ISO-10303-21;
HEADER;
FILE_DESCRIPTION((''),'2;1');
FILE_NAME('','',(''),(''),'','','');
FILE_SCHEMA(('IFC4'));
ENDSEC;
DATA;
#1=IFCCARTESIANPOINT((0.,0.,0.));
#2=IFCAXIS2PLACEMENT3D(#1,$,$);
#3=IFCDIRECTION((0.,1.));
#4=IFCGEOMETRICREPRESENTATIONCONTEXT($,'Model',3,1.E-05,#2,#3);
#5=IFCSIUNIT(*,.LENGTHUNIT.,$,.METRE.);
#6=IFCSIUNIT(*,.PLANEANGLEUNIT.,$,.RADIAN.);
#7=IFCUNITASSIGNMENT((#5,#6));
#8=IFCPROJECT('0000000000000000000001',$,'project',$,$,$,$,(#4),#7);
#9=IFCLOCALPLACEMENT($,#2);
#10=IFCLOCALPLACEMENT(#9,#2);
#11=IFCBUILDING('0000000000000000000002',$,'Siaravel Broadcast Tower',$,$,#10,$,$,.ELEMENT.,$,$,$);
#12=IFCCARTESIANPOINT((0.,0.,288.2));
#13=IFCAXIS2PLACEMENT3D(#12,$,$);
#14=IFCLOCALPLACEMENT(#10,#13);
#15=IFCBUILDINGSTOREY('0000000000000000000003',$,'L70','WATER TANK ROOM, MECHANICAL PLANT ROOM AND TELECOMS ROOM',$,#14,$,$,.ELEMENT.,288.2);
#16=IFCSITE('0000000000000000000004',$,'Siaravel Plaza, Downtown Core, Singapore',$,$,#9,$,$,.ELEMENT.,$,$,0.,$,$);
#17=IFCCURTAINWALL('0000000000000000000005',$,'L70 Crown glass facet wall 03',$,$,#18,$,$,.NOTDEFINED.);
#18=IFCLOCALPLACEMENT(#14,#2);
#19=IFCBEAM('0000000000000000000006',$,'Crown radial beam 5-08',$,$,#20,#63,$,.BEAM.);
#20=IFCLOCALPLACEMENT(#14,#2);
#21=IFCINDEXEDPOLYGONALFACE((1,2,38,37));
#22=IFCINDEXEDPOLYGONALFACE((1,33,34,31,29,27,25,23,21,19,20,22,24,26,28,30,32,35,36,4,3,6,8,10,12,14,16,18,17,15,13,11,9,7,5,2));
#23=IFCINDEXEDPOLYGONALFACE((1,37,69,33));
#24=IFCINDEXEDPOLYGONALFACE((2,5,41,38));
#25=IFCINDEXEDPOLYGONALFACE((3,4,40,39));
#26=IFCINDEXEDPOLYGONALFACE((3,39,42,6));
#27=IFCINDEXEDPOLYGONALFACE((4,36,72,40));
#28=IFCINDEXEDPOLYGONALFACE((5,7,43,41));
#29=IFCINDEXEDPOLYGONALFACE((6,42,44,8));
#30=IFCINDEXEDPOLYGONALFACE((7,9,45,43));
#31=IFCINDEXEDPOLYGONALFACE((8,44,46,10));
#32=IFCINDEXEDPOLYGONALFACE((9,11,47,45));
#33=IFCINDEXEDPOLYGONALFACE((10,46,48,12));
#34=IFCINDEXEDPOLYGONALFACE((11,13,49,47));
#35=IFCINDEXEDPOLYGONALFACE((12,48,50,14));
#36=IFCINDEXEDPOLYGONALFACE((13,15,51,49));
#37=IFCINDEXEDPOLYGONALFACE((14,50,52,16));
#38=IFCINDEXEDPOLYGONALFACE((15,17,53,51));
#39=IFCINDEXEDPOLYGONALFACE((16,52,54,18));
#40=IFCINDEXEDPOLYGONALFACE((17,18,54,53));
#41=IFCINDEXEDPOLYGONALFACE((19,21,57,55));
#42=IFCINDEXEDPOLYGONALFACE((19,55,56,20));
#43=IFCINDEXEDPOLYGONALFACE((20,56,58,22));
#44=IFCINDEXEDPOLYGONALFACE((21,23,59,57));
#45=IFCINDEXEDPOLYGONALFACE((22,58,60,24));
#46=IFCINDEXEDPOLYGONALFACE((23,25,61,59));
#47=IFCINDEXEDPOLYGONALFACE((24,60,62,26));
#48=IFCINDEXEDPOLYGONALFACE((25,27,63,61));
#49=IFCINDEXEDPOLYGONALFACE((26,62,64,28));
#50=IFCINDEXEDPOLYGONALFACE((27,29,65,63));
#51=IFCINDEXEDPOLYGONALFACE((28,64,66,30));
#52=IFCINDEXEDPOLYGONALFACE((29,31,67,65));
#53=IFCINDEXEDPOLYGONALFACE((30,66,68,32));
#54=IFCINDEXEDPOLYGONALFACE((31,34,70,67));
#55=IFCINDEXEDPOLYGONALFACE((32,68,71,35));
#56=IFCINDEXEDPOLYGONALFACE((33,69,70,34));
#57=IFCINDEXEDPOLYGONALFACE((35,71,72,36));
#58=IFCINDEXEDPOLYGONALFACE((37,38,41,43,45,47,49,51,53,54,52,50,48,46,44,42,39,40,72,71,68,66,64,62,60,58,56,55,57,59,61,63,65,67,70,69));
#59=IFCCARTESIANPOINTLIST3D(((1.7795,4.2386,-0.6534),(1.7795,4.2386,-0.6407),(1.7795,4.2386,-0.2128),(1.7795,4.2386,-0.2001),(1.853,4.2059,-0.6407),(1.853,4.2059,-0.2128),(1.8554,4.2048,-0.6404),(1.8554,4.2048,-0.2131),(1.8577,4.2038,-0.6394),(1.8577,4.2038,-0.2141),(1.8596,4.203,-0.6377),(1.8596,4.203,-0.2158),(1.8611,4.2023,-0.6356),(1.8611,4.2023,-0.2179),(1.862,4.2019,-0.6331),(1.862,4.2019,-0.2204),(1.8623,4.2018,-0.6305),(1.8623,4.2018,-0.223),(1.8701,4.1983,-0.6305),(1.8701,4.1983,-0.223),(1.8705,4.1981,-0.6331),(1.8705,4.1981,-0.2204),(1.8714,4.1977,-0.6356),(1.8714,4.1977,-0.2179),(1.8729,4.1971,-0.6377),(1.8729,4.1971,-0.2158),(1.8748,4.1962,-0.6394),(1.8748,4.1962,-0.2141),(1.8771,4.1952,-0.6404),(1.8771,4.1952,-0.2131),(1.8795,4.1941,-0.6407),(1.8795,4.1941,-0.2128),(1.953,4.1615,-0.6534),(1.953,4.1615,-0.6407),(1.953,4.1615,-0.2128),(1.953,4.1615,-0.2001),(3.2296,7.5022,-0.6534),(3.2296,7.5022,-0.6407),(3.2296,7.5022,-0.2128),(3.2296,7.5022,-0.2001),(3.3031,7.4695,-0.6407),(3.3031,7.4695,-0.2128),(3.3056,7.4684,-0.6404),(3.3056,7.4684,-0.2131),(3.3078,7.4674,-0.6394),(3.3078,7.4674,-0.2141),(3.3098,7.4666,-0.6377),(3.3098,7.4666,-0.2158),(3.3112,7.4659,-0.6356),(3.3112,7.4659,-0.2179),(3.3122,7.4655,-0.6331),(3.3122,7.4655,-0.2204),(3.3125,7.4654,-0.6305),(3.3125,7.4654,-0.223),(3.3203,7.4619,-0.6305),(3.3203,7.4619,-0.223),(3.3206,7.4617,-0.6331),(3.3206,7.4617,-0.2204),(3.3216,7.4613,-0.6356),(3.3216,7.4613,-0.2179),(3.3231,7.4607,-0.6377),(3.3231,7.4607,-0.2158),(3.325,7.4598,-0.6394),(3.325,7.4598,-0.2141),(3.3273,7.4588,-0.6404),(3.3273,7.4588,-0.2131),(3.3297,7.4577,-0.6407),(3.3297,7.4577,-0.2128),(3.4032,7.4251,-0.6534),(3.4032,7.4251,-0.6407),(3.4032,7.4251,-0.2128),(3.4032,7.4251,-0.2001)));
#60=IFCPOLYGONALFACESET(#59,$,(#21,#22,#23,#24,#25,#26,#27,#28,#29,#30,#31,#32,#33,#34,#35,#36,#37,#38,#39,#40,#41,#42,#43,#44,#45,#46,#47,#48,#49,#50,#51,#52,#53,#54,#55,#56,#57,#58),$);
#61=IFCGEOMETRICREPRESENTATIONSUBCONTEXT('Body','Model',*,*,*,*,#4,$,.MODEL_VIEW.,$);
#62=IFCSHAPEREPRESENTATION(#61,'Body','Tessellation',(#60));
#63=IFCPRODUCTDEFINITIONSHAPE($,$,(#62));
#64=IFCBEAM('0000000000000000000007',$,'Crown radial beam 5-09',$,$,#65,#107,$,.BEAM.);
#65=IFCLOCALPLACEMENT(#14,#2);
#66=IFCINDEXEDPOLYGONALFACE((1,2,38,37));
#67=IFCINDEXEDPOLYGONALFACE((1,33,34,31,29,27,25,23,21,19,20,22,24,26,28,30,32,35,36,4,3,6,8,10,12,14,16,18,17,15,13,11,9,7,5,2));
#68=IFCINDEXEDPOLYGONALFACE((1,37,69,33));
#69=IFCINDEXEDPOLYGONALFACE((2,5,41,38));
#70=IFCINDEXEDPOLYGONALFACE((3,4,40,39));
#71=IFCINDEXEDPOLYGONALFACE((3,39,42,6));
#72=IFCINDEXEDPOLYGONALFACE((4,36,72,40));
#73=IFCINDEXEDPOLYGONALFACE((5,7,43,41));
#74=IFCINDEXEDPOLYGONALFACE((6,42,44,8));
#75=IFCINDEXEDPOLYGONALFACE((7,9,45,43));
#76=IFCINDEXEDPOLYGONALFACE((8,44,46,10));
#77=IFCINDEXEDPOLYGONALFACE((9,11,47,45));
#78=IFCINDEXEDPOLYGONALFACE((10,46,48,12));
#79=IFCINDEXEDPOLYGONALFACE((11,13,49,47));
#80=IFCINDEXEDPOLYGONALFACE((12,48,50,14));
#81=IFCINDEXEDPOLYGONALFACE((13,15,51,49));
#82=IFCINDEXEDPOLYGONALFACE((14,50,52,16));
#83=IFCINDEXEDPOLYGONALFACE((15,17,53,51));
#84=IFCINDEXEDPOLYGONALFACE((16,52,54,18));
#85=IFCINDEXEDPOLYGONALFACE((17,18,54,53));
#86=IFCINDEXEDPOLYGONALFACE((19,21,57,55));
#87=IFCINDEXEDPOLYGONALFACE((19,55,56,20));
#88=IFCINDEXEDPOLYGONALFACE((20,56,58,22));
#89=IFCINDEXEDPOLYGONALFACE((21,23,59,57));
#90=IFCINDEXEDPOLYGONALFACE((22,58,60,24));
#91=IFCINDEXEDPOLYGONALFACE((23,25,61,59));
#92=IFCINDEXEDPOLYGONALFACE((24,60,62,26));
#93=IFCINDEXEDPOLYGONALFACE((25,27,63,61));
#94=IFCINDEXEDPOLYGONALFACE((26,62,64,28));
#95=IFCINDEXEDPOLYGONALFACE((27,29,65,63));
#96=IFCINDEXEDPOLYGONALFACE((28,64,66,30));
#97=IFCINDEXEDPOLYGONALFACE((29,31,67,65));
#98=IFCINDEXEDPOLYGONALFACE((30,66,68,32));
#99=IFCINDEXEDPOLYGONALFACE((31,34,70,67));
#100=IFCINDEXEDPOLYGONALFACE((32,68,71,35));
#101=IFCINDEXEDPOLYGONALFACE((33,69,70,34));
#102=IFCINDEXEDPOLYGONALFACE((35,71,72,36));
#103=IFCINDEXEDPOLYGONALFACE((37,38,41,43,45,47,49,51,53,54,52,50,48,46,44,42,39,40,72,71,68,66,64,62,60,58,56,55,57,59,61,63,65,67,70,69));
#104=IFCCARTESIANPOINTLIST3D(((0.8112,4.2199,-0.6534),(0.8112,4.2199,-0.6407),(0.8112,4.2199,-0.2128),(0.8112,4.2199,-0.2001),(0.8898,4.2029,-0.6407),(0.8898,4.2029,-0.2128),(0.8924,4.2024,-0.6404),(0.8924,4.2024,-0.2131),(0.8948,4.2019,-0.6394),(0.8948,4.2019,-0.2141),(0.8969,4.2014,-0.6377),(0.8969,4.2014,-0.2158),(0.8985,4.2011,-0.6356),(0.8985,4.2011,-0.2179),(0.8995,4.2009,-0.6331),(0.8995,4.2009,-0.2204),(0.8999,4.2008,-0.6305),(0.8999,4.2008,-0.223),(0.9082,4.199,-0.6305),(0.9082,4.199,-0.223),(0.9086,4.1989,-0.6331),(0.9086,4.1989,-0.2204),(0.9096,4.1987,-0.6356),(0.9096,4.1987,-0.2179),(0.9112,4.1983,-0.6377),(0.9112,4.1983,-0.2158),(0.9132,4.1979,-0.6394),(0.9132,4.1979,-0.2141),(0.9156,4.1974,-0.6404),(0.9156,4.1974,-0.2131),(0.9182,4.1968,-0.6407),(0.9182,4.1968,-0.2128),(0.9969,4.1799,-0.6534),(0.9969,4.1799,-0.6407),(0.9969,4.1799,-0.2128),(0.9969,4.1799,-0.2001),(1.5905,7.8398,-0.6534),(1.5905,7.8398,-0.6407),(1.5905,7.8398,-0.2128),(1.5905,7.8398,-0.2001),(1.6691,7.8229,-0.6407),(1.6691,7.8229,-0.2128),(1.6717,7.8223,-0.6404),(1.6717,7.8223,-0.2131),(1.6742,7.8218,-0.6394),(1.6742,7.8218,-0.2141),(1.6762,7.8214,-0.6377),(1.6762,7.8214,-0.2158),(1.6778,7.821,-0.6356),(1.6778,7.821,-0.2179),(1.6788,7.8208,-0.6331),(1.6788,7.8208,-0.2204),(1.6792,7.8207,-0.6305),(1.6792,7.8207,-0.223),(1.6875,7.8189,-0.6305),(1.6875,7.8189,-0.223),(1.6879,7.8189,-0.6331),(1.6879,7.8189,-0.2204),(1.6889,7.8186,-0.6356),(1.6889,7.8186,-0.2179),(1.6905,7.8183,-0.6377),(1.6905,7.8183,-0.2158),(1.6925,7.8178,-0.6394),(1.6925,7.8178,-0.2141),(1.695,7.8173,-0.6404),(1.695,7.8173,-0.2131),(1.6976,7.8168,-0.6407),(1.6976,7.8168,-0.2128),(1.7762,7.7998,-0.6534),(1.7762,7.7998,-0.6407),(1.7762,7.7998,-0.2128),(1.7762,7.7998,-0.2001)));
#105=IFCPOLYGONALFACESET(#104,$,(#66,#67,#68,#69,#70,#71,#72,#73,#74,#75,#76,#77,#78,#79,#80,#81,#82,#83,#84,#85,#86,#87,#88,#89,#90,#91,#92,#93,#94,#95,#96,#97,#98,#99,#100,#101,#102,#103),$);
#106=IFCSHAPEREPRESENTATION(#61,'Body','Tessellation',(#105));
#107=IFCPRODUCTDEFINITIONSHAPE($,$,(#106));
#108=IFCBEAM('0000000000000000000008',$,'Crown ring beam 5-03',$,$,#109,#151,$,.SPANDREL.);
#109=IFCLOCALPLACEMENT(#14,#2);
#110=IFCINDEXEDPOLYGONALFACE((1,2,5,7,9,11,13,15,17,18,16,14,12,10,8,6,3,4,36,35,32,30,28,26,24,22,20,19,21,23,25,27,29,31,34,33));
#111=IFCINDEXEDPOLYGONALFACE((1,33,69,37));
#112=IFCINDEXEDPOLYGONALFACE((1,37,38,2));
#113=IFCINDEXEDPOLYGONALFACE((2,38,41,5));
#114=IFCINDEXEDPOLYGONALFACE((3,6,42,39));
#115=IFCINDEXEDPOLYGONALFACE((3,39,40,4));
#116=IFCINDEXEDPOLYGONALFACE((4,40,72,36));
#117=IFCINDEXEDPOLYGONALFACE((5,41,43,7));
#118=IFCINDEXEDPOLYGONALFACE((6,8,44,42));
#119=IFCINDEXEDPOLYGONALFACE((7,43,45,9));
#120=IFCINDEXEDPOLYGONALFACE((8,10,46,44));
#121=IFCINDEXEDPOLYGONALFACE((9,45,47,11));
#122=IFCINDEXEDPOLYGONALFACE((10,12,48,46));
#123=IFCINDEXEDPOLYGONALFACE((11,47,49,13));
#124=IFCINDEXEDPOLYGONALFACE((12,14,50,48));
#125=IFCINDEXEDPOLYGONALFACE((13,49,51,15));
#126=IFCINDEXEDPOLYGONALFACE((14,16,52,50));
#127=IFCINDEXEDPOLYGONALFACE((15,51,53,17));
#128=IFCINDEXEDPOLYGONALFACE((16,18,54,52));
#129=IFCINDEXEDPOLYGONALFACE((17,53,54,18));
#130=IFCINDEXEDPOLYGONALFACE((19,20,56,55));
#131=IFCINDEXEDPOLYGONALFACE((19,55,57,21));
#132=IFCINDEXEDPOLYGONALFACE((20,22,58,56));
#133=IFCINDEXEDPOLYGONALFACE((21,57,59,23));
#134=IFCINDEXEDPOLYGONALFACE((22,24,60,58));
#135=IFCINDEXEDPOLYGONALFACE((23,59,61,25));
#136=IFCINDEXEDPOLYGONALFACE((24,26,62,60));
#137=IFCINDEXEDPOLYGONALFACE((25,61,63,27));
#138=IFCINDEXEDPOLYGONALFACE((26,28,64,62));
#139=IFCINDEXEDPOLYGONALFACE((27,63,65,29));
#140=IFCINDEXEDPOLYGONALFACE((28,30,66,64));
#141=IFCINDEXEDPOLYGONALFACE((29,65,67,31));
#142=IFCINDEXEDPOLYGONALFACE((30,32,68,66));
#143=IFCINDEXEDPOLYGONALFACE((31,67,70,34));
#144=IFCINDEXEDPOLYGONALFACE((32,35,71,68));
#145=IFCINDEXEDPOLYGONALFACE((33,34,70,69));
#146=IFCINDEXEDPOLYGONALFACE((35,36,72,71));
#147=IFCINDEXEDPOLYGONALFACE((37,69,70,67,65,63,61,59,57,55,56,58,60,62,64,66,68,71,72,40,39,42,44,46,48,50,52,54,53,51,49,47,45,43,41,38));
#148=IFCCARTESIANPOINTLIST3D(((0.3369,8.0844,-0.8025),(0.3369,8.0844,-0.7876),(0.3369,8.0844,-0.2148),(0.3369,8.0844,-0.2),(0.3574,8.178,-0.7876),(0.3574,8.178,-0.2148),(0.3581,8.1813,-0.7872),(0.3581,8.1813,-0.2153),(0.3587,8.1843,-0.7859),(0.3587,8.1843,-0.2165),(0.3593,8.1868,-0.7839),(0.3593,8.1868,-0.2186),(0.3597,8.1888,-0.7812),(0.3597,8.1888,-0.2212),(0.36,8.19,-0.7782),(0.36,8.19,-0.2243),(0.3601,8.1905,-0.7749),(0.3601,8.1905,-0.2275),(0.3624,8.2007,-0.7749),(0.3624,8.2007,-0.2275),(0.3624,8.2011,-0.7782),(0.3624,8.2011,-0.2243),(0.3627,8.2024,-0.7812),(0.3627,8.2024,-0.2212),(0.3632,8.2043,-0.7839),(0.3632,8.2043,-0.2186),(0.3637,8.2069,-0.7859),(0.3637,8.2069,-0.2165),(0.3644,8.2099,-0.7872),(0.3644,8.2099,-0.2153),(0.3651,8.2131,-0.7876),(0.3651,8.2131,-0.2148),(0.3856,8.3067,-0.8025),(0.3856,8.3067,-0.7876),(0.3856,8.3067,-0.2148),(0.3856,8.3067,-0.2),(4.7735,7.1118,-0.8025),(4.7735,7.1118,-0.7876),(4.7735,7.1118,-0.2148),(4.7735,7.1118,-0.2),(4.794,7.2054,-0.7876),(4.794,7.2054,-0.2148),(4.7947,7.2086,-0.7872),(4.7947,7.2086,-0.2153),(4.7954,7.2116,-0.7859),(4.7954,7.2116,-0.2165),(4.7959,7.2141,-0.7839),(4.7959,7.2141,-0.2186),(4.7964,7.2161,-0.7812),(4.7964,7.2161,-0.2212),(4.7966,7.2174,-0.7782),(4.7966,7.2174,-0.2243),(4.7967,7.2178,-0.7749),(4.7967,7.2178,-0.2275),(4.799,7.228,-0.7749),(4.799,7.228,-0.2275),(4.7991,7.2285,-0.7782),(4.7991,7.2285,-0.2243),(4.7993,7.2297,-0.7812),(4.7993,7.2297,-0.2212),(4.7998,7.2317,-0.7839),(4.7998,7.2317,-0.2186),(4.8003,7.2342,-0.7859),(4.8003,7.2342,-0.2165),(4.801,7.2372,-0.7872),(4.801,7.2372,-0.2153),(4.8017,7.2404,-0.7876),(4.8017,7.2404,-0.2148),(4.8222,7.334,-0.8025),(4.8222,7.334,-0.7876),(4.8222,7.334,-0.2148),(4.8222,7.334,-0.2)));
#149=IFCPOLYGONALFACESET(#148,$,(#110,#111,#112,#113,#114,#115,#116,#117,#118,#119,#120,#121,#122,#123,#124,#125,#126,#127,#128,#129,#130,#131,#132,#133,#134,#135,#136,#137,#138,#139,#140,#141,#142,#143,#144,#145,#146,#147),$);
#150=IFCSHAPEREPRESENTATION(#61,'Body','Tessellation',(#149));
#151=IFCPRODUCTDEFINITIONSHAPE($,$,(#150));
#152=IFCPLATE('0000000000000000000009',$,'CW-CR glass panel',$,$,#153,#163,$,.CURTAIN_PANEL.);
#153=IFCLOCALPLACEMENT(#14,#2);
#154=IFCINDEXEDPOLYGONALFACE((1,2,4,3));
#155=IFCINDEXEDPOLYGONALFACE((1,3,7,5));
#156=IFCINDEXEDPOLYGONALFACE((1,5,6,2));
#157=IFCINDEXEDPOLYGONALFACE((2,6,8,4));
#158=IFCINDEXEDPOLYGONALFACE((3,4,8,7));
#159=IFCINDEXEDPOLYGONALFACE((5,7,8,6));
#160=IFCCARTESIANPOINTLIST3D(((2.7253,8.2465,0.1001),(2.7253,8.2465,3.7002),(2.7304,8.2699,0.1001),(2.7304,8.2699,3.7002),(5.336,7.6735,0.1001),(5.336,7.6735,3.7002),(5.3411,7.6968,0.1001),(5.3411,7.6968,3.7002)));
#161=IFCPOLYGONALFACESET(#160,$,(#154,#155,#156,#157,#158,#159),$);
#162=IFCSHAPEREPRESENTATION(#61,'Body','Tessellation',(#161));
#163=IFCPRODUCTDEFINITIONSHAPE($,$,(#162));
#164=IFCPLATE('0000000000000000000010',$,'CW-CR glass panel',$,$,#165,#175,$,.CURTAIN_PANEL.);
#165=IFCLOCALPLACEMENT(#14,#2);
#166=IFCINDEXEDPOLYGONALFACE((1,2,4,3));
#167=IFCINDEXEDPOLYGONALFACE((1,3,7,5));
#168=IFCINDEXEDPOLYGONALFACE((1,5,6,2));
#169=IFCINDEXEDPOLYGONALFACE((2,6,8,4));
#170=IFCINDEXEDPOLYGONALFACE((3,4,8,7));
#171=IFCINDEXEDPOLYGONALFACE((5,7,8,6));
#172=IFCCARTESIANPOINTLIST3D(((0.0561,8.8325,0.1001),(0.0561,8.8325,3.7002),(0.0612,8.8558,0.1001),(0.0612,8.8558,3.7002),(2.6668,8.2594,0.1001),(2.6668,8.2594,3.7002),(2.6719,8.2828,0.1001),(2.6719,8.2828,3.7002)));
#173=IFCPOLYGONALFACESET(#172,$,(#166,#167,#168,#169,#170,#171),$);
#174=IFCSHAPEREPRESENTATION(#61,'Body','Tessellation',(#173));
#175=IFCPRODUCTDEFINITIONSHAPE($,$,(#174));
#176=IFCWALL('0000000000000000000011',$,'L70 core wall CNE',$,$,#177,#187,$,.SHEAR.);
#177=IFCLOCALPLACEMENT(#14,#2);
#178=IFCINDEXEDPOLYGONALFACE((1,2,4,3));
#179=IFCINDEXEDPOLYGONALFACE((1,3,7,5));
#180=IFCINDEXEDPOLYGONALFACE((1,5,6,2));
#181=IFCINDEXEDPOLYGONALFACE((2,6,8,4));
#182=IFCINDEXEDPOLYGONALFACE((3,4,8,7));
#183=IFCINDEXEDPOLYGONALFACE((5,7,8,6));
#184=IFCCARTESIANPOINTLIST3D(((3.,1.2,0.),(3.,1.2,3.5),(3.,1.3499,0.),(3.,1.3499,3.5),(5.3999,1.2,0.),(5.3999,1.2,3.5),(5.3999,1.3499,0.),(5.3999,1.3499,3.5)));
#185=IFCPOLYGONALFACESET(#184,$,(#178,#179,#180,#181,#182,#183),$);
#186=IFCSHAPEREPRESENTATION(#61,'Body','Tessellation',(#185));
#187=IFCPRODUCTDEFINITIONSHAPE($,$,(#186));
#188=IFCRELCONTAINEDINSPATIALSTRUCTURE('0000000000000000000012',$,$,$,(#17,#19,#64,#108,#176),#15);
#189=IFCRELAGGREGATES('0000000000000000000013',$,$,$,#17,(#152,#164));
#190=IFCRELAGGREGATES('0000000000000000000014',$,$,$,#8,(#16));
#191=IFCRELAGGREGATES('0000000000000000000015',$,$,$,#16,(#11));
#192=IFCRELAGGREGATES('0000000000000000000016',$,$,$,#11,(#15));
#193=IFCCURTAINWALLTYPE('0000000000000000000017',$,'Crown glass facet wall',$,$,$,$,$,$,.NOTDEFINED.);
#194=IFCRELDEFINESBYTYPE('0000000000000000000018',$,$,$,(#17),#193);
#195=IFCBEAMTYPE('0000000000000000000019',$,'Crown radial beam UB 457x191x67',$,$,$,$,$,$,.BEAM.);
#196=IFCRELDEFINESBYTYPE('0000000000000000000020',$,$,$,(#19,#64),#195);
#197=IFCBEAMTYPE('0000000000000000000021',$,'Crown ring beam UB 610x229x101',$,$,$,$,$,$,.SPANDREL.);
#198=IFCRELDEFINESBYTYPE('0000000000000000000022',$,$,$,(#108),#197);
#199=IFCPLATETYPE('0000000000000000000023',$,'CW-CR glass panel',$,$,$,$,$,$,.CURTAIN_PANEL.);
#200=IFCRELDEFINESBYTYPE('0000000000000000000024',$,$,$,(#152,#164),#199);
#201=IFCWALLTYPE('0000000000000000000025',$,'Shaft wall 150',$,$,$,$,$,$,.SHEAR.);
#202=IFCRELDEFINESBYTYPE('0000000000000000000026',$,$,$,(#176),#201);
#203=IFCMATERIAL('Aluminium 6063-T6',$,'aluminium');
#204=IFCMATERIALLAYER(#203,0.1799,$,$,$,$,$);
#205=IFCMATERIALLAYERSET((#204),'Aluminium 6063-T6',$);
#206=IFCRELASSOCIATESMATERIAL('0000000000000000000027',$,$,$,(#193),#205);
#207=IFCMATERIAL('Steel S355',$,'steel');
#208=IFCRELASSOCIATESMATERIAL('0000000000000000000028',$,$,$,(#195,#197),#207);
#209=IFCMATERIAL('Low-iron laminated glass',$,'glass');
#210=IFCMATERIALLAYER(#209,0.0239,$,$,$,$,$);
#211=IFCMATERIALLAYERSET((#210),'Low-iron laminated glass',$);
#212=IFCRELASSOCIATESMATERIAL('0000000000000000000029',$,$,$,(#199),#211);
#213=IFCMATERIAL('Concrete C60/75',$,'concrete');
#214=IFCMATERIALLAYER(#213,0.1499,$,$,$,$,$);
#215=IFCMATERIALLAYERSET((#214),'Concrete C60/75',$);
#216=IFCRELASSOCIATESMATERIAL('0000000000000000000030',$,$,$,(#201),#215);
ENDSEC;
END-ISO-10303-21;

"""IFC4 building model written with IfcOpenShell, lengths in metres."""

from ifc_helpers import new_model, si_unit, direction, frame, frame_2d, origin, origin_2d, place, context, subcontext, project, spatial, rectangle, i_section, extrude, material, layer, layer_set, material_profile, profile_set, type_object, element, aggregate, save


model = new_model("IFC4")

# Units and contexts
model_context = context("Model", 3, precision=1e-05, world=origin(), true_north=direction((0.0, 1.0)))
body_context = subcontext(model_context, "Body", "Model", "MODEL_VIEW")
ifc_project = project(units=[si_unit("LENGTHUNIT", "METRE"), si_unit("PLANEANGLEUNIT", "RADIAN")], contexts=[model_context])

# Site, building, storey
site_placement = place(None, origin())
site = spatial("IfcSite", under=ifc_project, at=site_placement, Name="Siaravel Plaza, Downtown Core, Singapore", CompositionType="ELEMENT", RefElevation=0.0)
building_placement = place(site_placement, origin())
building = spatial("IfcBuilding", under=site, at=building_placement, Name="Siaravel Broadcast Tower", CompositionType="ELEMENT")
storey_placement = place(building_placement, frame((0.0, 0.0, 288.2)))
storey = spatial("IfcBuildingStorey", under=building, at=storey_placement, Name="L70", Description="WATER TANK ROOM, MECHANICAL PLANT ROOM AND TELECOMS ROOM", CompositionType="ELEMENT", Elevation=288.2)

# Curtain wall
ifc_material_1 = material(Name="Aluminium 6063-T6", Category="aluminium")
ifc_layer_1 = layer(ifc_material_1, 0.1799)
ifc_layer_set_1 = layer_set([ifc_layer_1], Name="Aluminium 6063-T6")
curtain_wall_type = type_object("IfcCurtainWallType", Name="Crown glass facet wall", PredefinedType="NOTDEFINED", material=ifc_layer_set_1)
curtain_wall_placement = place(storey_placement, origin())
curtain_wall = element("IfcCurtainWall", 1, at=curtain_wall_placement, inside=storey, type_object=curtain_wall_type, Name="L70 Crown glass facet wall 03", PredefinedType="NOTDEFINED")

# Beams
ifc_material_2 = material(Name="Steel S355", Category="steel")
ifc_material_profile_1 = material_profile(ifc_material_2, i_section(OverallWidth=0.1899, OverallDepth=0.4534, WebThickness=0.0085, FlangeThickness=0.0127, FilletRadius=0.0103, at=origin_2d()))
ifc_profile_set_1 = profile_set([ifc_material_profile_1], Name="Steel S355")
beam_type_1 = type_object("IfcBeamType", Name="Crown radial beam UB 457x191x67", PredefinedType="BEAM", material=ifc_profile_set_1)
beam_1_placement = place(storey_placement, frame((3.3164, 7.4636, -0.4268), z_axis=(-0.406062, -0.913845, 0.0), x_axis=(0.913845, -0.406062, 0.0)))
element("IfcBeam", 2, at=beam_1_placement, inside=storey, type_object=beam_type_1, Name="Crown radial beam 5-08", PredefinedType="BEAM", context=body_context, shape_type="SweptSolid", body=[
    extrude(i_section(OverallWidth=0.1899, OverallDepth=0.4534, WebThickness=0.0085, FlangeThickness=0.0127, FilletRadius=0.0103, at=origin_2d()), origin(), (0.0, 0.0, 1.0), 3.5713),
])
beam_2_placement = place(storey_placement, frame((1.6833, 7.8198, -0.4268), z_axis=(-0.210461, -0.977602, 0.0), x_axis=(0.977602, -0.210461, 0.0)))
element("IfcBeam", 3, at=beam_2_placement, inside=storey, type_object=beam_type_1, Name="Crown radial beam 5-09", PredefinedType="BEAM", context=body_context, shape_type="SweptSolid", body=[
    extrude(i_section(OverallWidth=0.1899, OverallDepth=0.4534, WebThickness=0.0085, FlangeThickness=0.0127, FilletRadius=0.0103, at=origin_2d()), origin(), (0.0, 0.0, 1.0), 3.7029),
])
ifc_material_profile_2 = material_profile(ifc_material_2, i_section(OverallWidth=0.2275, OverallDepth=0.6025, WebThickness=0.0105, FlangeThickness=0.0149, FilletRadius=0.0127, at=origin_2d()))
ifc_profile_set_2 = profile_set([ifc_material_profile_2], Name="Steel S355")
beam_type_2 = type_object("IfcBeamType", Name="Crown ring beam UB 610x229x101", PredefinedType="SPANDREL", material=ifc_profile_set_2)
beam_3_placement = place(storey_placement, frame((4.7979, 7.2229, -0.5012), z_axis=(-0.9768, 0.214152, 0.0), x_axis=(-0.214152, -0.9768, 0.0)))
element("IfcBeam", 4, at=beam_3_placement, inside=storey, type_object=beam_type_2, Name="Crown ring beam 5-03", PredefinedType="SPANDREL", context=body_context, shape_type="SweptSolid", body=[
    extrude(i_section(OverallWidth=0.2275, OverallDepth=0.6025, WebThickness=0.0105, FlangeThickness=0.0149, FilletRadius=0.0127, at=origin_2d()), origin(), (0.0, 0.0, 1.0), 4.542),
])

# Plates
ifc_material_3 = material(Name="Low-iron laminated glass", Category="glass")
ifc_layer_2 = layer(ifc_material_3, 0.0239)
ifc_layer_set_2 = layer_set([ifc_layer_2], Name="Low-iron laminated glass")
plate_type = type_object("IfcPlateType", Name="CW-CR glass panel", PredefinedType="CURTAIN_PANEL", material=ifc_layer_set_2)
plate_1_placement = place(storey_placement, frame((4.0332, 7.9717, 0.1001), z_axis=(0.0, 0.0, 1.0), x_axis=(-0.976747, 0.214396, 0.0)))
plate_1 = element("IfcPlate", 5, at=plate_1_placement, type_object=plate_type, Name="CW-CR glass panel", PredefinedType="CURTAIN_PANEL", context=body_context, shape_type="SweptSolid", body=[
    extrude(rectangle(XDim=2.6729, YDim=0.0239, at=origin_2d()), origin(), (0.0, 0.0, 1.0), 3.6001),
])
plate_2_placement = place(storey_placement, frame((1.364, 8.5576, 0.1001), z_axis=(0.0, 0.0, 1.0), x_axis=(-0.976747, 0.214396, 0.0)))
plate_2 = element("IfcPlate", 6, at=plate_2_placement, type_object=plate_type, Name="CW-CR glass panel", PredefinedType="CURTAIN_PANEL", context=body_context, shape_type="SweptSolid", body=[
    extrude(rectangle(XDim=2.6729, YDim=0.0239, at=origin_2d()), origin(), (0.0, 0.0, 1.0), 3.6001),
])
aggregate(curtain_wall, [plate_1, plate_2])

# Wall
ifc_material_4 = material(Name="Concrete C60/75", Category="concrete")
ifc_layer_3 = layer(ifc_material_4, 0.1499)
ifc_layer_set_3 = layer_set([ifc_layer_3], Name="Concrete C60/75")
wall_type_1 = type_object("IfcWallType", Name="Shaft wall 150", PredefinedType="SHEAR", material=ifc_layer_set_3)
wall_1_placement = place(storey_placement, frame((3.0, 1.2749, 0.0), z_axis=(0.0, 0.0, 1.0), x_axis=(1.0, 0.0, 0.0)))
element("IfcWall", 7, at=wall_1_placement, inside=storey, type_object=wall_type_1, Name="L70 core wall CNE", PredefinedType="SHEAR", context=body_context, shape_type="SweptSolid", body=[
    extrude(rectangle(XDim=2.3999, YDim=0.1499, at=frame_2d((1.2, 0.0))), origin(), (0.0, 0.0, 1.0), 3.5),
])

save(model, "model.ifc")
